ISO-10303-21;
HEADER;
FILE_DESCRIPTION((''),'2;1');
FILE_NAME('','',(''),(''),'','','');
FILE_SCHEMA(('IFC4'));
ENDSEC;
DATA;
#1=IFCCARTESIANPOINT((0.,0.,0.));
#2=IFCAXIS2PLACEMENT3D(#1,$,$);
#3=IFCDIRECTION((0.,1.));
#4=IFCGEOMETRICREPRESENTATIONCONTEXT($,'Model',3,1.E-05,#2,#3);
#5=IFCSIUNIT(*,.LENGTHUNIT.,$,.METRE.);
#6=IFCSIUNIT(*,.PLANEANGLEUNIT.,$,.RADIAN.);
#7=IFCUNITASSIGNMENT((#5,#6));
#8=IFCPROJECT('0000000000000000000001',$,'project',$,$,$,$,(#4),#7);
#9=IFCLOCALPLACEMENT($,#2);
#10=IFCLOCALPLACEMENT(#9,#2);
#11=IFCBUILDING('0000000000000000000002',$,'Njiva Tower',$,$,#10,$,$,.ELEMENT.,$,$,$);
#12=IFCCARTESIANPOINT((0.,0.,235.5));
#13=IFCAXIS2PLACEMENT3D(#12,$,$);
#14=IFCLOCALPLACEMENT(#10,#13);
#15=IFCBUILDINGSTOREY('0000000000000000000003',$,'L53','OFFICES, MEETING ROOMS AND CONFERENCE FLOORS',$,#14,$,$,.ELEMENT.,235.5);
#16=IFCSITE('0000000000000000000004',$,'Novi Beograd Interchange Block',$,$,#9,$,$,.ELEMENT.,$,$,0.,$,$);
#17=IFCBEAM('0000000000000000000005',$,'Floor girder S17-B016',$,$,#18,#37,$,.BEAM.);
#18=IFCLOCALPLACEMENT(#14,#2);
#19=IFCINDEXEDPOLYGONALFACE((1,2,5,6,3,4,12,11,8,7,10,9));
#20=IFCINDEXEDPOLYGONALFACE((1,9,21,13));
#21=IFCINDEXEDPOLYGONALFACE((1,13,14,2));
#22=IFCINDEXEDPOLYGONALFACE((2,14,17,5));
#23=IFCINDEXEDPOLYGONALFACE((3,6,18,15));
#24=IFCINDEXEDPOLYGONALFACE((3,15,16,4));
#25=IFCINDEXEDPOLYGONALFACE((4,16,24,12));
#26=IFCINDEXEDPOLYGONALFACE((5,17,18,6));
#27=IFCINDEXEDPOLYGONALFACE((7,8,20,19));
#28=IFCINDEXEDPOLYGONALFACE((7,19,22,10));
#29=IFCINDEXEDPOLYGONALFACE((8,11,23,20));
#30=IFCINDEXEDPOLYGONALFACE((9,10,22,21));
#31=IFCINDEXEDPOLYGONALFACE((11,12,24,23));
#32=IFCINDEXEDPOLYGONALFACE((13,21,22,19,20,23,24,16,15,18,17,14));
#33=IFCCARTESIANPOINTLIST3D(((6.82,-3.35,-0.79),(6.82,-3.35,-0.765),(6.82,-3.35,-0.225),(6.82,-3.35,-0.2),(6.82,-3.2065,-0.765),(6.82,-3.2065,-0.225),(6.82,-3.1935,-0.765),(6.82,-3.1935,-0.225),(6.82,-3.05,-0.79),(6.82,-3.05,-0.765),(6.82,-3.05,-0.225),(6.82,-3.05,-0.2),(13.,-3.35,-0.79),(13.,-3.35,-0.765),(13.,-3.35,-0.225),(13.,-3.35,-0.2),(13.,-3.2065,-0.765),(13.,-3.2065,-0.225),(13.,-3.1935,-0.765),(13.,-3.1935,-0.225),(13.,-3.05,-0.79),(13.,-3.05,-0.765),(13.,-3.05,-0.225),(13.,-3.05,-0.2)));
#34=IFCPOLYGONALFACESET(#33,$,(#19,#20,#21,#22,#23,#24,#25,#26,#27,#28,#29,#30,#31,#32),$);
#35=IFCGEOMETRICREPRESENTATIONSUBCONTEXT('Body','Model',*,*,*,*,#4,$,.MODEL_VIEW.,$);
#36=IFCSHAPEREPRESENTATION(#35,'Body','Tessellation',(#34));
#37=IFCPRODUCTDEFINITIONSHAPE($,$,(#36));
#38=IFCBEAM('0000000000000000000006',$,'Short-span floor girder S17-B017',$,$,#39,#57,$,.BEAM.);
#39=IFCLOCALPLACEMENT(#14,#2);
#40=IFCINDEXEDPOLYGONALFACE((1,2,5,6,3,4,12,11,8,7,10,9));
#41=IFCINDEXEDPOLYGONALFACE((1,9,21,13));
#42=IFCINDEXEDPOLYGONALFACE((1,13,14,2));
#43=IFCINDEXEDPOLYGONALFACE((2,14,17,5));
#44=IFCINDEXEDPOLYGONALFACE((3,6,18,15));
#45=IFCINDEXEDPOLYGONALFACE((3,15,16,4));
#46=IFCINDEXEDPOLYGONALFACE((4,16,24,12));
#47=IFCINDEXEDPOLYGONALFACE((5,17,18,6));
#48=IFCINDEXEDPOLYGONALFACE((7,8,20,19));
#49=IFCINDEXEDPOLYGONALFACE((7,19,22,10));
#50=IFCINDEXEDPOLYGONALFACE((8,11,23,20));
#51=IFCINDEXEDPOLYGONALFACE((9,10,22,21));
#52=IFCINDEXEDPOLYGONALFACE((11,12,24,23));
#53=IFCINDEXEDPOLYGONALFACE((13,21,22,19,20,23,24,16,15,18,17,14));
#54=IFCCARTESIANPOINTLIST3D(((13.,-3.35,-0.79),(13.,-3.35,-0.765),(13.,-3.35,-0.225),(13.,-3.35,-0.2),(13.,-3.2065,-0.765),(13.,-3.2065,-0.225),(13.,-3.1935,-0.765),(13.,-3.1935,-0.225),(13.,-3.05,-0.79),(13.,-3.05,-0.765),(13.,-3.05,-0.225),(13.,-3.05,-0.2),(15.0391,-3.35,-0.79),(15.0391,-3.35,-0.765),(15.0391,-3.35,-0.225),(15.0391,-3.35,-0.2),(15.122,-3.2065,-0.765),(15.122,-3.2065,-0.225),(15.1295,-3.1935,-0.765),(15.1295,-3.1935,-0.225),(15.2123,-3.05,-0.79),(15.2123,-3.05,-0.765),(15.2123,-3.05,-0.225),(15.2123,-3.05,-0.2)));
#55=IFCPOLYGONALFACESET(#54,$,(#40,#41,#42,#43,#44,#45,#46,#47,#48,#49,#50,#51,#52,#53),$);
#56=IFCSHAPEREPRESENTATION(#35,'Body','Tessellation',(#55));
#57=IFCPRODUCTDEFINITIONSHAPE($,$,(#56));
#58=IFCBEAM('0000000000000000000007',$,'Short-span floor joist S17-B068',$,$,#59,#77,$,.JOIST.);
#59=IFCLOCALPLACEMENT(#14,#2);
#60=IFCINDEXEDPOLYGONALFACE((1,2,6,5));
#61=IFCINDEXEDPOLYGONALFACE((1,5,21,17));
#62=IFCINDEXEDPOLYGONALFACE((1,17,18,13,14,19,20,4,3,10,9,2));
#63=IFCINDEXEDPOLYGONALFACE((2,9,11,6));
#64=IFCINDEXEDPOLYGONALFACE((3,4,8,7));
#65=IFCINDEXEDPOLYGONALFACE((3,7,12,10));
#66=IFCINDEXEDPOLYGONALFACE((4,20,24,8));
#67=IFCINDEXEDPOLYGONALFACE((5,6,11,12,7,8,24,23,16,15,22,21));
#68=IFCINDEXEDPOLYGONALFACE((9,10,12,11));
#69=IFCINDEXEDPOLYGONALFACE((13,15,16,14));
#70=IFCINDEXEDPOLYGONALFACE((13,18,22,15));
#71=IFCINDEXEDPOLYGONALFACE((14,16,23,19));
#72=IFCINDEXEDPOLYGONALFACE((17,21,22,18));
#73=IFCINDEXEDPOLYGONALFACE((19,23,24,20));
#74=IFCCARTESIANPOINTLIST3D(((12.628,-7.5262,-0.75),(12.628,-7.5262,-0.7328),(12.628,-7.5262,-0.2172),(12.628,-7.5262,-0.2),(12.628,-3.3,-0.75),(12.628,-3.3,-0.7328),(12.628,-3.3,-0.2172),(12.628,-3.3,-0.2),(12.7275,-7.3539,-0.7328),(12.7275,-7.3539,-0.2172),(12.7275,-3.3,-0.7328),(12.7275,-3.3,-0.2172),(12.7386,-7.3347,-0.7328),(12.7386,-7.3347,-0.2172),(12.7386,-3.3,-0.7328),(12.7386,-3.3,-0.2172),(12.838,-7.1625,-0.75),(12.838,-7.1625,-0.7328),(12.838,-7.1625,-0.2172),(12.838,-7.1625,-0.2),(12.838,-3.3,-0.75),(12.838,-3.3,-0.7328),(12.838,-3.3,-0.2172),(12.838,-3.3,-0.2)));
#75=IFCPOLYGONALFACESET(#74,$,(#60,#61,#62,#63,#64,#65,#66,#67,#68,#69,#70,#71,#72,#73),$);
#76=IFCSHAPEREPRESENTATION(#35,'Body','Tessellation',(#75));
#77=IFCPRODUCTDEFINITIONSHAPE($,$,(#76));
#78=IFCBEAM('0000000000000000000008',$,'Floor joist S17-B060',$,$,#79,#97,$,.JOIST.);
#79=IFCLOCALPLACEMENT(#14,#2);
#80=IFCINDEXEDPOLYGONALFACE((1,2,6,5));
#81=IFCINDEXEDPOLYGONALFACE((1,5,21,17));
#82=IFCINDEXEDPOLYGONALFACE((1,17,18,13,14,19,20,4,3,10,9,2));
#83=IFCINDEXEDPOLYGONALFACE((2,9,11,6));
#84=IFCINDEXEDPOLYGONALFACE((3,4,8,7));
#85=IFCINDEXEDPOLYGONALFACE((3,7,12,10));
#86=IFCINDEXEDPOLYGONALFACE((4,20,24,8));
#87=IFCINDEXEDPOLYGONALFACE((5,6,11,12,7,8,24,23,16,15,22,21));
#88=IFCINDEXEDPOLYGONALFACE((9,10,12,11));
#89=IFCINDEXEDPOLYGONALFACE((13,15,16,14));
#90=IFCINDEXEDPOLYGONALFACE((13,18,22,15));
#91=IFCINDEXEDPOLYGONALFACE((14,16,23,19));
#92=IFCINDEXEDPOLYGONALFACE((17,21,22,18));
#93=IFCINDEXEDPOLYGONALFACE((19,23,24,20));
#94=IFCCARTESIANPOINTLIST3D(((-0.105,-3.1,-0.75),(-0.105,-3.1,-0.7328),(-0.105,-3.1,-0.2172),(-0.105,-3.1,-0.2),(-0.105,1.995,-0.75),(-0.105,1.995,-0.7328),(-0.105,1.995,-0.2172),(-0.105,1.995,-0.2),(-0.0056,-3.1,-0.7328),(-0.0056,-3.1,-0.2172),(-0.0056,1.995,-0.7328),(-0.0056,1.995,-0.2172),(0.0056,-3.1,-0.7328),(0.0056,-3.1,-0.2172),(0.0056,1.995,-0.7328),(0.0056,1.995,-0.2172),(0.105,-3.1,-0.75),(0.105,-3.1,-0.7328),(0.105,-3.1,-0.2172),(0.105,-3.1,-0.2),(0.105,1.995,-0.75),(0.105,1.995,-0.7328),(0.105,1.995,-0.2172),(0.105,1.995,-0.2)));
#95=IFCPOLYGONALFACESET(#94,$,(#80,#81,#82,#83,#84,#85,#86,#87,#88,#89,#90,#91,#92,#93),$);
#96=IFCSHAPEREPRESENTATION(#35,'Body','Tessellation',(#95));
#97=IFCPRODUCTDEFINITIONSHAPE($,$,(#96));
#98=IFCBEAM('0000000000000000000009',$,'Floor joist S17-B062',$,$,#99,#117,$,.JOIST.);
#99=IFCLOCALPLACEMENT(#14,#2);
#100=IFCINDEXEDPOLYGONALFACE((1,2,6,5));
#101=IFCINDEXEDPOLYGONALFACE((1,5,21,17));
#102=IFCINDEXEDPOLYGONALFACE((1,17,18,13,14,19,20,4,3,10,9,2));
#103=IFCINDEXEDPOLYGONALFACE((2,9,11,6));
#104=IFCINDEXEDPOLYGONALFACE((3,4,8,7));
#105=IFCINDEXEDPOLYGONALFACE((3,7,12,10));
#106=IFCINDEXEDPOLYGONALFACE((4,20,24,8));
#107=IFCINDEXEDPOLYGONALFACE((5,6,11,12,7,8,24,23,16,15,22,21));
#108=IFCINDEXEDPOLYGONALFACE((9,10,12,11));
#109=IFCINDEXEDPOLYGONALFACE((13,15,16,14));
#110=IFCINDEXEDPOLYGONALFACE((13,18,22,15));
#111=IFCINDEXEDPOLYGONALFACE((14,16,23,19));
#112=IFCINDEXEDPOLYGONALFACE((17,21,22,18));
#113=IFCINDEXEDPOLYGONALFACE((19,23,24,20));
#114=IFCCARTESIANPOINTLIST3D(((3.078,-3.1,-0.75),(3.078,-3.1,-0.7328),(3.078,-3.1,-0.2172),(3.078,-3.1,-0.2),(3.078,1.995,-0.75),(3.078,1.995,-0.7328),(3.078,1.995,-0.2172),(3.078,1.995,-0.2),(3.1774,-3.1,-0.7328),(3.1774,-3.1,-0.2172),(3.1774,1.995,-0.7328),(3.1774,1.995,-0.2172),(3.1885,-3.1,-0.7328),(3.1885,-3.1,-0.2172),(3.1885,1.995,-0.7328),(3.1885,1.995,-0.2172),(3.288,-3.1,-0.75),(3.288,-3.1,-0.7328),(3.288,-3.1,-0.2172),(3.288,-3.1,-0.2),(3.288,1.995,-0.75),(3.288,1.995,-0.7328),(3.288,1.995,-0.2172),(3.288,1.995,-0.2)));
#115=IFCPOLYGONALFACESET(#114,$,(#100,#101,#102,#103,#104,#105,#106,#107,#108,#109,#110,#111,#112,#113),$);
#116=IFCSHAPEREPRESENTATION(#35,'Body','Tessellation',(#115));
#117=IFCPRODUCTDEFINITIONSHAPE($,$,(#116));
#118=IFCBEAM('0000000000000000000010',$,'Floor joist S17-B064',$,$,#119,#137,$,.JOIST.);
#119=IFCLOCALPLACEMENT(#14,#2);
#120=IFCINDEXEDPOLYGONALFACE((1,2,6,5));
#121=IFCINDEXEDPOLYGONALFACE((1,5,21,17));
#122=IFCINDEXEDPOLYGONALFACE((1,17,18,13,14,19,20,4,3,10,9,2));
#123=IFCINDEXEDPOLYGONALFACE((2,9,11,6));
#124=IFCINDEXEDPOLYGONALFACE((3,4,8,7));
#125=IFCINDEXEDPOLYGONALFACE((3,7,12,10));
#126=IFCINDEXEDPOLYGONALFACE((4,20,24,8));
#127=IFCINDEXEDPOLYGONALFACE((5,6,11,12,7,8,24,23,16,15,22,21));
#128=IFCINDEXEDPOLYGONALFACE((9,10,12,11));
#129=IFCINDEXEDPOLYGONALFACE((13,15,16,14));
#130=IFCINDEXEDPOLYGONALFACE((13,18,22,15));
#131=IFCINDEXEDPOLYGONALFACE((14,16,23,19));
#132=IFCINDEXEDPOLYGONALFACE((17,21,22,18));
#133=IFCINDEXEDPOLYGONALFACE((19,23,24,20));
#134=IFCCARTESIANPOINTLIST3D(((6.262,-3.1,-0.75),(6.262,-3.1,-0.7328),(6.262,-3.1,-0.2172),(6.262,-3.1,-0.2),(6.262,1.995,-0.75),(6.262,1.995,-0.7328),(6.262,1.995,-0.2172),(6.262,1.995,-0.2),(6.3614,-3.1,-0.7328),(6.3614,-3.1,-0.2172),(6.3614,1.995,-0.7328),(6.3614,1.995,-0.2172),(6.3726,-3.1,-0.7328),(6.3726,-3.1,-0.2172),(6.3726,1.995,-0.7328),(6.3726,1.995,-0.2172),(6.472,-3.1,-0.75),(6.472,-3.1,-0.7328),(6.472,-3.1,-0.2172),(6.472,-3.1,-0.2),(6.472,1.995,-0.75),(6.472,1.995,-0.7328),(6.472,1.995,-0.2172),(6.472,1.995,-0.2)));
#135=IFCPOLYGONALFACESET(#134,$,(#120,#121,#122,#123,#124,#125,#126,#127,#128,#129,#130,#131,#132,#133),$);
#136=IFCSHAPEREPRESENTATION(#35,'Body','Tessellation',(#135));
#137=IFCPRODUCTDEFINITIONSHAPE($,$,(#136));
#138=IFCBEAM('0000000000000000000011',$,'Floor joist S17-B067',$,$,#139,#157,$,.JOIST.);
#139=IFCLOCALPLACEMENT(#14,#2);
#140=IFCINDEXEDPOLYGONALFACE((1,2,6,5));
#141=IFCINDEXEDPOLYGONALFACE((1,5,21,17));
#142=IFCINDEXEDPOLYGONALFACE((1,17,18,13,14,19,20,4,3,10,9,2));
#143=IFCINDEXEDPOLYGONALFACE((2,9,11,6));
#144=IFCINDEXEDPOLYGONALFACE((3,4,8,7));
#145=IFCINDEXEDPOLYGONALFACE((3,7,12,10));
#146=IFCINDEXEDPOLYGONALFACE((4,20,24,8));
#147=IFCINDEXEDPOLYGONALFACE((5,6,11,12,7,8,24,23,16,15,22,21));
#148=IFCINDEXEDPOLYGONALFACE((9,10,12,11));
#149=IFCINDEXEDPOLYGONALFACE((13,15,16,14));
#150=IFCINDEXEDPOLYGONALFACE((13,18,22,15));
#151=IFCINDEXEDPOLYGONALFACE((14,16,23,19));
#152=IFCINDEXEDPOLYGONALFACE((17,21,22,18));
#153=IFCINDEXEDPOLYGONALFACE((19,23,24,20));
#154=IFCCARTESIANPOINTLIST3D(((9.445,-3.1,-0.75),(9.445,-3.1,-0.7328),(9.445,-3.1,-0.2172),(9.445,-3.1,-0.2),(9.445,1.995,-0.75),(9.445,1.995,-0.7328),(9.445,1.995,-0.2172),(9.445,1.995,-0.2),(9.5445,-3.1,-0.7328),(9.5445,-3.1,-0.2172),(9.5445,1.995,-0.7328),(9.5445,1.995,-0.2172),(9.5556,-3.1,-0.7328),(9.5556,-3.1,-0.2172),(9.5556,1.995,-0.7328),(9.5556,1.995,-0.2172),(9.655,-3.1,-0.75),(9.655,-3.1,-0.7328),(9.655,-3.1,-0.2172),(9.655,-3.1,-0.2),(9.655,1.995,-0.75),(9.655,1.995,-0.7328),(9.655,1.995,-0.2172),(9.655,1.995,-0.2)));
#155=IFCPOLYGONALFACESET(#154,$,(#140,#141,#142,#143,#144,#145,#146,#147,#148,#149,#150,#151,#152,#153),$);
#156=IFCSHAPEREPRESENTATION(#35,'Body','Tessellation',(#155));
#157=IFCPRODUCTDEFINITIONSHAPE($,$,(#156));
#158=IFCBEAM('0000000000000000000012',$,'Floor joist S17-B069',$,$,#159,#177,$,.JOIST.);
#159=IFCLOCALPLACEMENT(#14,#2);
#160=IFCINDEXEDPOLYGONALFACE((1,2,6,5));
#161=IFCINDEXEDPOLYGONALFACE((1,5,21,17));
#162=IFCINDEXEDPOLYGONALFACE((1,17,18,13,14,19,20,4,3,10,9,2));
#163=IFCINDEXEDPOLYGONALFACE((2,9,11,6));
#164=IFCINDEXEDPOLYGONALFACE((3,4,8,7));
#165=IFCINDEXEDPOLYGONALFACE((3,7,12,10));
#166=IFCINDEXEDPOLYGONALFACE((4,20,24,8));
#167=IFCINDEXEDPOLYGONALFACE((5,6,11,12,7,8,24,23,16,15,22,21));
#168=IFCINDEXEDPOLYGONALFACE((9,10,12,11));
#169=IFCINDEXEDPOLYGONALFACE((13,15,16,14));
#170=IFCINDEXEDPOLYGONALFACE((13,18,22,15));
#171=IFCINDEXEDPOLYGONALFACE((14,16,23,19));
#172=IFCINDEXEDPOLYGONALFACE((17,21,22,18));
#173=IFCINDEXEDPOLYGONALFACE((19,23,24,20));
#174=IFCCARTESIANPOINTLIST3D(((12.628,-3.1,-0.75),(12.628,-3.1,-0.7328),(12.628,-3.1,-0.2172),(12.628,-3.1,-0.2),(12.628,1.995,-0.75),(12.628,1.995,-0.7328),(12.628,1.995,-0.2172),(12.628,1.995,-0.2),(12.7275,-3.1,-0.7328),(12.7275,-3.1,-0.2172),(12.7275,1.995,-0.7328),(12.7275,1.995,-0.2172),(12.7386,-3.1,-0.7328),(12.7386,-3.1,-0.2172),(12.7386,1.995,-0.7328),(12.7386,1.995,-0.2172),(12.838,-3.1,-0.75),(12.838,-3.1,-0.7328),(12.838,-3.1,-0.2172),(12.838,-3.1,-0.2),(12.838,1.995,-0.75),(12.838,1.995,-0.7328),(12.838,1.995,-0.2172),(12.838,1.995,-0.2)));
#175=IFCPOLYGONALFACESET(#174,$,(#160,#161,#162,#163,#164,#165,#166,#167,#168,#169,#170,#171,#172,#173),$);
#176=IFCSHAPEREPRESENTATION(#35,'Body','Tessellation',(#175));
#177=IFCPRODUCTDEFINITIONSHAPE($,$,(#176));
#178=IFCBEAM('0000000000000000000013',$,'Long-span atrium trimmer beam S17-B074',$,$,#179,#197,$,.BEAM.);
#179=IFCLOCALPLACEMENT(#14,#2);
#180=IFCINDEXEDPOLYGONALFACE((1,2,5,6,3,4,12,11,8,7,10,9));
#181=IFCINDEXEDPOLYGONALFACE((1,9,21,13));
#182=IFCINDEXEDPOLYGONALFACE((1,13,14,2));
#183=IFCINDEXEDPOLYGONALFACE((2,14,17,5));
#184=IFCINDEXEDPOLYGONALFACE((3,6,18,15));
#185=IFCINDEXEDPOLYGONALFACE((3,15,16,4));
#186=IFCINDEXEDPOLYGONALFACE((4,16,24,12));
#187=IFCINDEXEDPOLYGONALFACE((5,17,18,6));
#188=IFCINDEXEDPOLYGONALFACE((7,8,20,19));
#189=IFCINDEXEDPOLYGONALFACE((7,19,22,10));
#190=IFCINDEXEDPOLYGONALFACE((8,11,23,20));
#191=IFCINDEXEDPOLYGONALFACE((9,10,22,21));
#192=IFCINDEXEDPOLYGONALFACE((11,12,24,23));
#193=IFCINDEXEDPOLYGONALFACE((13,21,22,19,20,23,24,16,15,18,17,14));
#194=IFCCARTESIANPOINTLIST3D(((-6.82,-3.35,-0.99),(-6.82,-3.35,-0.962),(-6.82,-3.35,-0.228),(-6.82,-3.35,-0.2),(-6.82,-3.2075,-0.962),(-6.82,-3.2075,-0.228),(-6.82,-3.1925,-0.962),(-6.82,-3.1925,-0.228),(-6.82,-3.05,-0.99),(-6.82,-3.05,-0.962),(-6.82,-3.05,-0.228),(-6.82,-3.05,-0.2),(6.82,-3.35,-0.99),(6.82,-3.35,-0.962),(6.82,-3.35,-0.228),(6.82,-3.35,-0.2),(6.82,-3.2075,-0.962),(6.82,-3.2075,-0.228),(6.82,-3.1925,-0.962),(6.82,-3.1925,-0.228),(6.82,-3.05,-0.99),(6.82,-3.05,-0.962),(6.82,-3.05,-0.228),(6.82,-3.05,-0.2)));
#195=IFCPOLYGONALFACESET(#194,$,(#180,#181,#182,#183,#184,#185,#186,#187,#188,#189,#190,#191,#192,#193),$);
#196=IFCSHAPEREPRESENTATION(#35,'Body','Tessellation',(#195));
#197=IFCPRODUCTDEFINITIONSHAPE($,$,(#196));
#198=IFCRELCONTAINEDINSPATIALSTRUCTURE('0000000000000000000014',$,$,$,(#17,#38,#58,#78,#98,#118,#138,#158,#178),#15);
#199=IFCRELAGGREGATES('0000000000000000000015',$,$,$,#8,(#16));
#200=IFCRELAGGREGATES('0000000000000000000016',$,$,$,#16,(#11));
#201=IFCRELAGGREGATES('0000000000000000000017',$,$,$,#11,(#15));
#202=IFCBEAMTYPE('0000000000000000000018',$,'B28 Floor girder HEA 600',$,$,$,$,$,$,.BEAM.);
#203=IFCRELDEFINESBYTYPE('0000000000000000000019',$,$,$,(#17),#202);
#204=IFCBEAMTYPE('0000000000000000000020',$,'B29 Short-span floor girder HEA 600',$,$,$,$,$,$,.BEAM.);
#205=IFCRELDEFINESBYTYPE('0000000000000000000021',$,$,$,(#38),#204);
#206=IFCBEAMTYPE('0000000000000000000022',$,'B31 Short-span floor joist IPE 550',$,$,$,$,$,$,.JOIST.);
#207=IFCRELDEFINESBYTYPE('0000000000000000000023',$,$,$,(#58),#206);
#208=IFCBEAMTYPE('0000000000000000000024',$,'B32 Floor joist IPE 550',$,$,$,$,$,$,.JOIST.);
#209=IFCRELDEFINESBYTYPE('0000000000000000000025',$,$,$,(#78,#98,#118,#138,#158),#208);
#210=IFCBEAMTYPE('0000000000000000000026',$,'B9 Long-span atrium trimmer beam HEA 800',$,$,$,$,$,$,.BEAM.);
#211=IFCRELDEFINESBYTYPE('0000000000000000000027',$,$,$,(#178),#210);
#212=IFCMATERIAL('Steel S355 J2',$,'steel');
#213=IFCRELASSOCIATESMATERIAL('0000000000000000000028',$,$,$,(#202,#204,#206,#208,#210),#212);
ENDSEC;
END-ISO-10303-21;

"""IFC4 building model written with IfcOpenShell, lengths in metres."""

from ifc_helpers import new_model, si_unit, direction, frame, origin, origin_2d, place, context, subcontext, project, spatial, i_section, extrude, clip, halfspace, material, material_profile, profile_set, type_object, element, save


model = new_model("IFC4")

# Units and contexts
model_context = context("Model", 3, precision=1e-05, world=origin(), true_north=direction((0.0, 1.0)))
body_context = subcontext(model_context, "Body", "Model", "MODEL_VIEW")
ifc_project = project(units=[si_unit("LENGTHUNIT", "METRE"), si_unit("PLANEANGLEUNIT", "RADIAN")], contexts=[model_context])

# Site, building, storey
site_placement = place(None, origin())
site = spatial("IfcSite", under=ifc_project, at=site_placement, Name="Novi Beograd Interchange Block", CompositionType="ELEMENT", RefElevation=0.0)
building_placement = place(site_placement, origin())
building = spatial("IfcBuilding", under=site, at=building_placement, Name="Njiva Tower", CompositionType="ELEMENT")
storey_placement = place(building_placement, frame((0.0, 0.0, 235.5)))
storey = spatial("IfcBuildingStorey", under=building, at=storey_placement, Name="L53", Description="OFFICES, MEETING ROOMS AND CONFERENCE FLOORS", CompositionType="ELEMENT", Elevation=235.5)

# Shared definitions
ifc_material_1 = material(Name="Steel S355 J2", Category="steel")

# Beams
ifc_material_profile_1 = material_profile(ifc_material_1, i_section(OverallWidth=0.3, OverallDepth=0.59, WebThickness=0.013, FlangeThickness=0.025, at=origin_2d()), Name="HEA 600")
ifc_profile_set_1 = profile_set([ifc_material_profile_1], Name="Steel S355 J2")
beam_type_1 = type_object("IfcBeamType", Name="B28 Floor girder HEA 600", PredefinedType="BEAM", material=ifc_profile_set_1)
beam_1_placement = place(storey_placement, frame((6.82, -3.2, -0.495), z_axis=(1.0, 0.0, 0.0), x_axis=(0.0, 1.0, 0.0)))
element("IfcBeam", 1, at=beam_1_placement, inside=storey, type_object=beam_type_1, Name="Floor girder S17-B016", PredefinedType="BEAM", context=body_context, shape_type="SweptSolid", body=[
    extrude(i_section(OverallWidth=0.3, OverallDepth=0.59, WebThickness=0.013, FlangeThickness=0.025, at=origin_2d()), origin(), (0.0, 0.0, 1.0), 6.18),
])
ifc_material_profile_2 = material_profile(ifc_material_1, i_section(OverallWidth=0.3, OverallDepth=0.59, WebThickness=0.013, FlangeThickness=0.025, at=origin_2d()), Name="HEA 600")
ifc_profile_set_2 = profile_set([ifc_material_profile_2], Name="Steel S355 J2")
beam_type_2 = type_object("IfcBeamType", Name="B29 Short-span floor girder HEA 600", PredefinedType="BEAM", material=ifc_profile_set_2)
beam_2_placement = place(storey_placement, frame((13.0, -3.2, -0.495), z_axis=(1.0, 0.0, 0.0), x_axis=(0.0, 1.0, 0.0)))
element("IfcBeam", 2, at=beam_2_placement, inside=storey, type_object=beam_type_2, Name="Short-span floor girder S17-B017", PredefinedType="BEAM", context=body_context, shape_type="Clipping", body=[
    clip(extrude(i_section(OverallWidth=0.3, OverallDepth=0.59, WebThickness=0.013, FlangeThickness=0.025, at=origin_2d()), origin(), (0.0, 0.0, 1.0), 2.233), halfspace(frame((-0.025, 0.0, 2.1113), z_axis=(-0.499998, 0.0, 0.866027), x_axis=(0.0, 1.0, 0.0)), False)),
])
ifc_material_profile_3 = material_profile(ifc_material_1, i_section(OverallWidth=0.21, OverallDepth=0.55, WebThickness=0.0111, FlangeThickness=0.0172, at=origin_2d()), Name="IPE 550")
ifc_profile_set_3 = profile_set([ifc_material_profile_3], Name="Steel S355 J2")
beam_type_3 = type_object("IfcBeamType", Name="B31 Short-span floor joist IPE 550", PredefinedType="JOIST", material=ifc_profile_set_3)
beam_3_placement = place(storey_placement, frame((12.733, -3.3, -0.475), z_axis=(0.0, -1.0, 0.0), x_axis=(1.0, 0.0, 0.0)))
element("IfcBeam", 3, at=beam_3_placement, inside=storey, type_object=beam_type_3, Name="Short-span floor joist S17-B068", PredefinedType="JOIST", context=body_context, shape_type="Clipping", body=[
    clip(extrude(i_section(OverallWidth=0.21, OverallDepth=0.55, WebThickness=0.0111, FlangeThickness=0.0172, at=origin_2d()), origin(), (0.0, 0.0, 1.0), 4.246), halfspace(frame((0.0436, 0.0, 3.9688), z_axis=(0.866027, 0.0, 0.499998), x_axis=(0.0, 1.0, 0.0)), False)),
])
ifc_material_profile_4 = material_profile(ifc_material_1, i_section(OverallWidth=0.21, OverallDepth=0.55, WebThickness=0.0111, FlangeThickness=0.0172, at=origin_2d()), Name="IPE 550")
ifc_profile_set_4 = profile_set([ifc_material_profile_4], Name="Steel S355 J2")
beam_type_4 = type_object("IfcBeamType", Name="B32 Floor joist IPE 550", PredefinedType="JOIST", material=ifc_profile_set_4)
for number, where, z_axis, x_axis, name in (
    (4, (0.0, 1.995, -0.475), (0.0, -1.0, 0.0), (1.0, 0.0, 0.0), "Floor joist S17-B060"),
    (5, (3.183, 1.995, -0.475), (0.0, -1.0, 0.0), (1.0, 0.0, 0.0), "Floor joist S17-B062"),
    (6, (6.367, 1.995, -0.475), (0.0, -1.0, 0.0), (1.0, 0.0, 0.0), "Floor joist S17-B064"),
    (7, (9.55, 1.995, -0.475), (0.0, -1.0, 0.0), (1.0, 0.0, 0.0), "Floor joist S17-B067"),
    (8, (12.733, 1.995, -0.475), (0.0, -1.0, 0.0), (1.0, 0.0, 0.0), "Floor joist S17-B069"),
):
    element("IfcBeam", number, at=place(storey_placement, frame(where, z_axis=z_axis, x_axis=x_axis)), inside=storey, type_object=beam_type_4, Name=name, PredefinedType="JOIST", context=body_context, shape_type="SweptSolid", body=[
        extrude(i_section(OverallWidth=0.21, OverallDepth=0.55, WebThickness=0.0111, FlangeThickness=0.0172, at=origin_2d()), origin(), (0.0, 0.0, 1.0), 5.095),
    ])
ifc_material_profile_5 = material_profile(ifc_material_1, i_section(OverallWidth=0.3, OverallDepth=0.79, WebThickness=0.015, FlangeThickness=0.028, at=origin_2d()), Name="HEA 800")
ifc_profile_set_5 = profile_set([ifc_material_profile_5], Name="Steel S355 J2")
beam_type_5 = type_object("IfcBeamType", Name="B9 Long-span atrium trimmer beam HEA 800", PredefinedType="BEAM", material=ifc_profile_set_5)
beam_4_placement = place(storey_placement, frame((6.82, -3.2, -0.595), z_axis=(-1.0, 0.0, 0.0), x_axis=(0.0, -1.0, 0.0)))
element("IfcBeam", 9, at=beam_4_placement, inside=storey, type_object=beam_type_5, Name="Long-span atrium trimmer beam S17-B074", PredefinedType="BEAM", context=body_context, shape_type="SweptSolid", body=[
    extrude(i_section(OverallWidth=0.3, OverallDepth=0.79, WebThickness=0.015, FlangeThickness=0.028, at=origin_2d()), origin(), (0.0, 0.0, 1.0), 13.64),
])

save(model, "model.ifc")
